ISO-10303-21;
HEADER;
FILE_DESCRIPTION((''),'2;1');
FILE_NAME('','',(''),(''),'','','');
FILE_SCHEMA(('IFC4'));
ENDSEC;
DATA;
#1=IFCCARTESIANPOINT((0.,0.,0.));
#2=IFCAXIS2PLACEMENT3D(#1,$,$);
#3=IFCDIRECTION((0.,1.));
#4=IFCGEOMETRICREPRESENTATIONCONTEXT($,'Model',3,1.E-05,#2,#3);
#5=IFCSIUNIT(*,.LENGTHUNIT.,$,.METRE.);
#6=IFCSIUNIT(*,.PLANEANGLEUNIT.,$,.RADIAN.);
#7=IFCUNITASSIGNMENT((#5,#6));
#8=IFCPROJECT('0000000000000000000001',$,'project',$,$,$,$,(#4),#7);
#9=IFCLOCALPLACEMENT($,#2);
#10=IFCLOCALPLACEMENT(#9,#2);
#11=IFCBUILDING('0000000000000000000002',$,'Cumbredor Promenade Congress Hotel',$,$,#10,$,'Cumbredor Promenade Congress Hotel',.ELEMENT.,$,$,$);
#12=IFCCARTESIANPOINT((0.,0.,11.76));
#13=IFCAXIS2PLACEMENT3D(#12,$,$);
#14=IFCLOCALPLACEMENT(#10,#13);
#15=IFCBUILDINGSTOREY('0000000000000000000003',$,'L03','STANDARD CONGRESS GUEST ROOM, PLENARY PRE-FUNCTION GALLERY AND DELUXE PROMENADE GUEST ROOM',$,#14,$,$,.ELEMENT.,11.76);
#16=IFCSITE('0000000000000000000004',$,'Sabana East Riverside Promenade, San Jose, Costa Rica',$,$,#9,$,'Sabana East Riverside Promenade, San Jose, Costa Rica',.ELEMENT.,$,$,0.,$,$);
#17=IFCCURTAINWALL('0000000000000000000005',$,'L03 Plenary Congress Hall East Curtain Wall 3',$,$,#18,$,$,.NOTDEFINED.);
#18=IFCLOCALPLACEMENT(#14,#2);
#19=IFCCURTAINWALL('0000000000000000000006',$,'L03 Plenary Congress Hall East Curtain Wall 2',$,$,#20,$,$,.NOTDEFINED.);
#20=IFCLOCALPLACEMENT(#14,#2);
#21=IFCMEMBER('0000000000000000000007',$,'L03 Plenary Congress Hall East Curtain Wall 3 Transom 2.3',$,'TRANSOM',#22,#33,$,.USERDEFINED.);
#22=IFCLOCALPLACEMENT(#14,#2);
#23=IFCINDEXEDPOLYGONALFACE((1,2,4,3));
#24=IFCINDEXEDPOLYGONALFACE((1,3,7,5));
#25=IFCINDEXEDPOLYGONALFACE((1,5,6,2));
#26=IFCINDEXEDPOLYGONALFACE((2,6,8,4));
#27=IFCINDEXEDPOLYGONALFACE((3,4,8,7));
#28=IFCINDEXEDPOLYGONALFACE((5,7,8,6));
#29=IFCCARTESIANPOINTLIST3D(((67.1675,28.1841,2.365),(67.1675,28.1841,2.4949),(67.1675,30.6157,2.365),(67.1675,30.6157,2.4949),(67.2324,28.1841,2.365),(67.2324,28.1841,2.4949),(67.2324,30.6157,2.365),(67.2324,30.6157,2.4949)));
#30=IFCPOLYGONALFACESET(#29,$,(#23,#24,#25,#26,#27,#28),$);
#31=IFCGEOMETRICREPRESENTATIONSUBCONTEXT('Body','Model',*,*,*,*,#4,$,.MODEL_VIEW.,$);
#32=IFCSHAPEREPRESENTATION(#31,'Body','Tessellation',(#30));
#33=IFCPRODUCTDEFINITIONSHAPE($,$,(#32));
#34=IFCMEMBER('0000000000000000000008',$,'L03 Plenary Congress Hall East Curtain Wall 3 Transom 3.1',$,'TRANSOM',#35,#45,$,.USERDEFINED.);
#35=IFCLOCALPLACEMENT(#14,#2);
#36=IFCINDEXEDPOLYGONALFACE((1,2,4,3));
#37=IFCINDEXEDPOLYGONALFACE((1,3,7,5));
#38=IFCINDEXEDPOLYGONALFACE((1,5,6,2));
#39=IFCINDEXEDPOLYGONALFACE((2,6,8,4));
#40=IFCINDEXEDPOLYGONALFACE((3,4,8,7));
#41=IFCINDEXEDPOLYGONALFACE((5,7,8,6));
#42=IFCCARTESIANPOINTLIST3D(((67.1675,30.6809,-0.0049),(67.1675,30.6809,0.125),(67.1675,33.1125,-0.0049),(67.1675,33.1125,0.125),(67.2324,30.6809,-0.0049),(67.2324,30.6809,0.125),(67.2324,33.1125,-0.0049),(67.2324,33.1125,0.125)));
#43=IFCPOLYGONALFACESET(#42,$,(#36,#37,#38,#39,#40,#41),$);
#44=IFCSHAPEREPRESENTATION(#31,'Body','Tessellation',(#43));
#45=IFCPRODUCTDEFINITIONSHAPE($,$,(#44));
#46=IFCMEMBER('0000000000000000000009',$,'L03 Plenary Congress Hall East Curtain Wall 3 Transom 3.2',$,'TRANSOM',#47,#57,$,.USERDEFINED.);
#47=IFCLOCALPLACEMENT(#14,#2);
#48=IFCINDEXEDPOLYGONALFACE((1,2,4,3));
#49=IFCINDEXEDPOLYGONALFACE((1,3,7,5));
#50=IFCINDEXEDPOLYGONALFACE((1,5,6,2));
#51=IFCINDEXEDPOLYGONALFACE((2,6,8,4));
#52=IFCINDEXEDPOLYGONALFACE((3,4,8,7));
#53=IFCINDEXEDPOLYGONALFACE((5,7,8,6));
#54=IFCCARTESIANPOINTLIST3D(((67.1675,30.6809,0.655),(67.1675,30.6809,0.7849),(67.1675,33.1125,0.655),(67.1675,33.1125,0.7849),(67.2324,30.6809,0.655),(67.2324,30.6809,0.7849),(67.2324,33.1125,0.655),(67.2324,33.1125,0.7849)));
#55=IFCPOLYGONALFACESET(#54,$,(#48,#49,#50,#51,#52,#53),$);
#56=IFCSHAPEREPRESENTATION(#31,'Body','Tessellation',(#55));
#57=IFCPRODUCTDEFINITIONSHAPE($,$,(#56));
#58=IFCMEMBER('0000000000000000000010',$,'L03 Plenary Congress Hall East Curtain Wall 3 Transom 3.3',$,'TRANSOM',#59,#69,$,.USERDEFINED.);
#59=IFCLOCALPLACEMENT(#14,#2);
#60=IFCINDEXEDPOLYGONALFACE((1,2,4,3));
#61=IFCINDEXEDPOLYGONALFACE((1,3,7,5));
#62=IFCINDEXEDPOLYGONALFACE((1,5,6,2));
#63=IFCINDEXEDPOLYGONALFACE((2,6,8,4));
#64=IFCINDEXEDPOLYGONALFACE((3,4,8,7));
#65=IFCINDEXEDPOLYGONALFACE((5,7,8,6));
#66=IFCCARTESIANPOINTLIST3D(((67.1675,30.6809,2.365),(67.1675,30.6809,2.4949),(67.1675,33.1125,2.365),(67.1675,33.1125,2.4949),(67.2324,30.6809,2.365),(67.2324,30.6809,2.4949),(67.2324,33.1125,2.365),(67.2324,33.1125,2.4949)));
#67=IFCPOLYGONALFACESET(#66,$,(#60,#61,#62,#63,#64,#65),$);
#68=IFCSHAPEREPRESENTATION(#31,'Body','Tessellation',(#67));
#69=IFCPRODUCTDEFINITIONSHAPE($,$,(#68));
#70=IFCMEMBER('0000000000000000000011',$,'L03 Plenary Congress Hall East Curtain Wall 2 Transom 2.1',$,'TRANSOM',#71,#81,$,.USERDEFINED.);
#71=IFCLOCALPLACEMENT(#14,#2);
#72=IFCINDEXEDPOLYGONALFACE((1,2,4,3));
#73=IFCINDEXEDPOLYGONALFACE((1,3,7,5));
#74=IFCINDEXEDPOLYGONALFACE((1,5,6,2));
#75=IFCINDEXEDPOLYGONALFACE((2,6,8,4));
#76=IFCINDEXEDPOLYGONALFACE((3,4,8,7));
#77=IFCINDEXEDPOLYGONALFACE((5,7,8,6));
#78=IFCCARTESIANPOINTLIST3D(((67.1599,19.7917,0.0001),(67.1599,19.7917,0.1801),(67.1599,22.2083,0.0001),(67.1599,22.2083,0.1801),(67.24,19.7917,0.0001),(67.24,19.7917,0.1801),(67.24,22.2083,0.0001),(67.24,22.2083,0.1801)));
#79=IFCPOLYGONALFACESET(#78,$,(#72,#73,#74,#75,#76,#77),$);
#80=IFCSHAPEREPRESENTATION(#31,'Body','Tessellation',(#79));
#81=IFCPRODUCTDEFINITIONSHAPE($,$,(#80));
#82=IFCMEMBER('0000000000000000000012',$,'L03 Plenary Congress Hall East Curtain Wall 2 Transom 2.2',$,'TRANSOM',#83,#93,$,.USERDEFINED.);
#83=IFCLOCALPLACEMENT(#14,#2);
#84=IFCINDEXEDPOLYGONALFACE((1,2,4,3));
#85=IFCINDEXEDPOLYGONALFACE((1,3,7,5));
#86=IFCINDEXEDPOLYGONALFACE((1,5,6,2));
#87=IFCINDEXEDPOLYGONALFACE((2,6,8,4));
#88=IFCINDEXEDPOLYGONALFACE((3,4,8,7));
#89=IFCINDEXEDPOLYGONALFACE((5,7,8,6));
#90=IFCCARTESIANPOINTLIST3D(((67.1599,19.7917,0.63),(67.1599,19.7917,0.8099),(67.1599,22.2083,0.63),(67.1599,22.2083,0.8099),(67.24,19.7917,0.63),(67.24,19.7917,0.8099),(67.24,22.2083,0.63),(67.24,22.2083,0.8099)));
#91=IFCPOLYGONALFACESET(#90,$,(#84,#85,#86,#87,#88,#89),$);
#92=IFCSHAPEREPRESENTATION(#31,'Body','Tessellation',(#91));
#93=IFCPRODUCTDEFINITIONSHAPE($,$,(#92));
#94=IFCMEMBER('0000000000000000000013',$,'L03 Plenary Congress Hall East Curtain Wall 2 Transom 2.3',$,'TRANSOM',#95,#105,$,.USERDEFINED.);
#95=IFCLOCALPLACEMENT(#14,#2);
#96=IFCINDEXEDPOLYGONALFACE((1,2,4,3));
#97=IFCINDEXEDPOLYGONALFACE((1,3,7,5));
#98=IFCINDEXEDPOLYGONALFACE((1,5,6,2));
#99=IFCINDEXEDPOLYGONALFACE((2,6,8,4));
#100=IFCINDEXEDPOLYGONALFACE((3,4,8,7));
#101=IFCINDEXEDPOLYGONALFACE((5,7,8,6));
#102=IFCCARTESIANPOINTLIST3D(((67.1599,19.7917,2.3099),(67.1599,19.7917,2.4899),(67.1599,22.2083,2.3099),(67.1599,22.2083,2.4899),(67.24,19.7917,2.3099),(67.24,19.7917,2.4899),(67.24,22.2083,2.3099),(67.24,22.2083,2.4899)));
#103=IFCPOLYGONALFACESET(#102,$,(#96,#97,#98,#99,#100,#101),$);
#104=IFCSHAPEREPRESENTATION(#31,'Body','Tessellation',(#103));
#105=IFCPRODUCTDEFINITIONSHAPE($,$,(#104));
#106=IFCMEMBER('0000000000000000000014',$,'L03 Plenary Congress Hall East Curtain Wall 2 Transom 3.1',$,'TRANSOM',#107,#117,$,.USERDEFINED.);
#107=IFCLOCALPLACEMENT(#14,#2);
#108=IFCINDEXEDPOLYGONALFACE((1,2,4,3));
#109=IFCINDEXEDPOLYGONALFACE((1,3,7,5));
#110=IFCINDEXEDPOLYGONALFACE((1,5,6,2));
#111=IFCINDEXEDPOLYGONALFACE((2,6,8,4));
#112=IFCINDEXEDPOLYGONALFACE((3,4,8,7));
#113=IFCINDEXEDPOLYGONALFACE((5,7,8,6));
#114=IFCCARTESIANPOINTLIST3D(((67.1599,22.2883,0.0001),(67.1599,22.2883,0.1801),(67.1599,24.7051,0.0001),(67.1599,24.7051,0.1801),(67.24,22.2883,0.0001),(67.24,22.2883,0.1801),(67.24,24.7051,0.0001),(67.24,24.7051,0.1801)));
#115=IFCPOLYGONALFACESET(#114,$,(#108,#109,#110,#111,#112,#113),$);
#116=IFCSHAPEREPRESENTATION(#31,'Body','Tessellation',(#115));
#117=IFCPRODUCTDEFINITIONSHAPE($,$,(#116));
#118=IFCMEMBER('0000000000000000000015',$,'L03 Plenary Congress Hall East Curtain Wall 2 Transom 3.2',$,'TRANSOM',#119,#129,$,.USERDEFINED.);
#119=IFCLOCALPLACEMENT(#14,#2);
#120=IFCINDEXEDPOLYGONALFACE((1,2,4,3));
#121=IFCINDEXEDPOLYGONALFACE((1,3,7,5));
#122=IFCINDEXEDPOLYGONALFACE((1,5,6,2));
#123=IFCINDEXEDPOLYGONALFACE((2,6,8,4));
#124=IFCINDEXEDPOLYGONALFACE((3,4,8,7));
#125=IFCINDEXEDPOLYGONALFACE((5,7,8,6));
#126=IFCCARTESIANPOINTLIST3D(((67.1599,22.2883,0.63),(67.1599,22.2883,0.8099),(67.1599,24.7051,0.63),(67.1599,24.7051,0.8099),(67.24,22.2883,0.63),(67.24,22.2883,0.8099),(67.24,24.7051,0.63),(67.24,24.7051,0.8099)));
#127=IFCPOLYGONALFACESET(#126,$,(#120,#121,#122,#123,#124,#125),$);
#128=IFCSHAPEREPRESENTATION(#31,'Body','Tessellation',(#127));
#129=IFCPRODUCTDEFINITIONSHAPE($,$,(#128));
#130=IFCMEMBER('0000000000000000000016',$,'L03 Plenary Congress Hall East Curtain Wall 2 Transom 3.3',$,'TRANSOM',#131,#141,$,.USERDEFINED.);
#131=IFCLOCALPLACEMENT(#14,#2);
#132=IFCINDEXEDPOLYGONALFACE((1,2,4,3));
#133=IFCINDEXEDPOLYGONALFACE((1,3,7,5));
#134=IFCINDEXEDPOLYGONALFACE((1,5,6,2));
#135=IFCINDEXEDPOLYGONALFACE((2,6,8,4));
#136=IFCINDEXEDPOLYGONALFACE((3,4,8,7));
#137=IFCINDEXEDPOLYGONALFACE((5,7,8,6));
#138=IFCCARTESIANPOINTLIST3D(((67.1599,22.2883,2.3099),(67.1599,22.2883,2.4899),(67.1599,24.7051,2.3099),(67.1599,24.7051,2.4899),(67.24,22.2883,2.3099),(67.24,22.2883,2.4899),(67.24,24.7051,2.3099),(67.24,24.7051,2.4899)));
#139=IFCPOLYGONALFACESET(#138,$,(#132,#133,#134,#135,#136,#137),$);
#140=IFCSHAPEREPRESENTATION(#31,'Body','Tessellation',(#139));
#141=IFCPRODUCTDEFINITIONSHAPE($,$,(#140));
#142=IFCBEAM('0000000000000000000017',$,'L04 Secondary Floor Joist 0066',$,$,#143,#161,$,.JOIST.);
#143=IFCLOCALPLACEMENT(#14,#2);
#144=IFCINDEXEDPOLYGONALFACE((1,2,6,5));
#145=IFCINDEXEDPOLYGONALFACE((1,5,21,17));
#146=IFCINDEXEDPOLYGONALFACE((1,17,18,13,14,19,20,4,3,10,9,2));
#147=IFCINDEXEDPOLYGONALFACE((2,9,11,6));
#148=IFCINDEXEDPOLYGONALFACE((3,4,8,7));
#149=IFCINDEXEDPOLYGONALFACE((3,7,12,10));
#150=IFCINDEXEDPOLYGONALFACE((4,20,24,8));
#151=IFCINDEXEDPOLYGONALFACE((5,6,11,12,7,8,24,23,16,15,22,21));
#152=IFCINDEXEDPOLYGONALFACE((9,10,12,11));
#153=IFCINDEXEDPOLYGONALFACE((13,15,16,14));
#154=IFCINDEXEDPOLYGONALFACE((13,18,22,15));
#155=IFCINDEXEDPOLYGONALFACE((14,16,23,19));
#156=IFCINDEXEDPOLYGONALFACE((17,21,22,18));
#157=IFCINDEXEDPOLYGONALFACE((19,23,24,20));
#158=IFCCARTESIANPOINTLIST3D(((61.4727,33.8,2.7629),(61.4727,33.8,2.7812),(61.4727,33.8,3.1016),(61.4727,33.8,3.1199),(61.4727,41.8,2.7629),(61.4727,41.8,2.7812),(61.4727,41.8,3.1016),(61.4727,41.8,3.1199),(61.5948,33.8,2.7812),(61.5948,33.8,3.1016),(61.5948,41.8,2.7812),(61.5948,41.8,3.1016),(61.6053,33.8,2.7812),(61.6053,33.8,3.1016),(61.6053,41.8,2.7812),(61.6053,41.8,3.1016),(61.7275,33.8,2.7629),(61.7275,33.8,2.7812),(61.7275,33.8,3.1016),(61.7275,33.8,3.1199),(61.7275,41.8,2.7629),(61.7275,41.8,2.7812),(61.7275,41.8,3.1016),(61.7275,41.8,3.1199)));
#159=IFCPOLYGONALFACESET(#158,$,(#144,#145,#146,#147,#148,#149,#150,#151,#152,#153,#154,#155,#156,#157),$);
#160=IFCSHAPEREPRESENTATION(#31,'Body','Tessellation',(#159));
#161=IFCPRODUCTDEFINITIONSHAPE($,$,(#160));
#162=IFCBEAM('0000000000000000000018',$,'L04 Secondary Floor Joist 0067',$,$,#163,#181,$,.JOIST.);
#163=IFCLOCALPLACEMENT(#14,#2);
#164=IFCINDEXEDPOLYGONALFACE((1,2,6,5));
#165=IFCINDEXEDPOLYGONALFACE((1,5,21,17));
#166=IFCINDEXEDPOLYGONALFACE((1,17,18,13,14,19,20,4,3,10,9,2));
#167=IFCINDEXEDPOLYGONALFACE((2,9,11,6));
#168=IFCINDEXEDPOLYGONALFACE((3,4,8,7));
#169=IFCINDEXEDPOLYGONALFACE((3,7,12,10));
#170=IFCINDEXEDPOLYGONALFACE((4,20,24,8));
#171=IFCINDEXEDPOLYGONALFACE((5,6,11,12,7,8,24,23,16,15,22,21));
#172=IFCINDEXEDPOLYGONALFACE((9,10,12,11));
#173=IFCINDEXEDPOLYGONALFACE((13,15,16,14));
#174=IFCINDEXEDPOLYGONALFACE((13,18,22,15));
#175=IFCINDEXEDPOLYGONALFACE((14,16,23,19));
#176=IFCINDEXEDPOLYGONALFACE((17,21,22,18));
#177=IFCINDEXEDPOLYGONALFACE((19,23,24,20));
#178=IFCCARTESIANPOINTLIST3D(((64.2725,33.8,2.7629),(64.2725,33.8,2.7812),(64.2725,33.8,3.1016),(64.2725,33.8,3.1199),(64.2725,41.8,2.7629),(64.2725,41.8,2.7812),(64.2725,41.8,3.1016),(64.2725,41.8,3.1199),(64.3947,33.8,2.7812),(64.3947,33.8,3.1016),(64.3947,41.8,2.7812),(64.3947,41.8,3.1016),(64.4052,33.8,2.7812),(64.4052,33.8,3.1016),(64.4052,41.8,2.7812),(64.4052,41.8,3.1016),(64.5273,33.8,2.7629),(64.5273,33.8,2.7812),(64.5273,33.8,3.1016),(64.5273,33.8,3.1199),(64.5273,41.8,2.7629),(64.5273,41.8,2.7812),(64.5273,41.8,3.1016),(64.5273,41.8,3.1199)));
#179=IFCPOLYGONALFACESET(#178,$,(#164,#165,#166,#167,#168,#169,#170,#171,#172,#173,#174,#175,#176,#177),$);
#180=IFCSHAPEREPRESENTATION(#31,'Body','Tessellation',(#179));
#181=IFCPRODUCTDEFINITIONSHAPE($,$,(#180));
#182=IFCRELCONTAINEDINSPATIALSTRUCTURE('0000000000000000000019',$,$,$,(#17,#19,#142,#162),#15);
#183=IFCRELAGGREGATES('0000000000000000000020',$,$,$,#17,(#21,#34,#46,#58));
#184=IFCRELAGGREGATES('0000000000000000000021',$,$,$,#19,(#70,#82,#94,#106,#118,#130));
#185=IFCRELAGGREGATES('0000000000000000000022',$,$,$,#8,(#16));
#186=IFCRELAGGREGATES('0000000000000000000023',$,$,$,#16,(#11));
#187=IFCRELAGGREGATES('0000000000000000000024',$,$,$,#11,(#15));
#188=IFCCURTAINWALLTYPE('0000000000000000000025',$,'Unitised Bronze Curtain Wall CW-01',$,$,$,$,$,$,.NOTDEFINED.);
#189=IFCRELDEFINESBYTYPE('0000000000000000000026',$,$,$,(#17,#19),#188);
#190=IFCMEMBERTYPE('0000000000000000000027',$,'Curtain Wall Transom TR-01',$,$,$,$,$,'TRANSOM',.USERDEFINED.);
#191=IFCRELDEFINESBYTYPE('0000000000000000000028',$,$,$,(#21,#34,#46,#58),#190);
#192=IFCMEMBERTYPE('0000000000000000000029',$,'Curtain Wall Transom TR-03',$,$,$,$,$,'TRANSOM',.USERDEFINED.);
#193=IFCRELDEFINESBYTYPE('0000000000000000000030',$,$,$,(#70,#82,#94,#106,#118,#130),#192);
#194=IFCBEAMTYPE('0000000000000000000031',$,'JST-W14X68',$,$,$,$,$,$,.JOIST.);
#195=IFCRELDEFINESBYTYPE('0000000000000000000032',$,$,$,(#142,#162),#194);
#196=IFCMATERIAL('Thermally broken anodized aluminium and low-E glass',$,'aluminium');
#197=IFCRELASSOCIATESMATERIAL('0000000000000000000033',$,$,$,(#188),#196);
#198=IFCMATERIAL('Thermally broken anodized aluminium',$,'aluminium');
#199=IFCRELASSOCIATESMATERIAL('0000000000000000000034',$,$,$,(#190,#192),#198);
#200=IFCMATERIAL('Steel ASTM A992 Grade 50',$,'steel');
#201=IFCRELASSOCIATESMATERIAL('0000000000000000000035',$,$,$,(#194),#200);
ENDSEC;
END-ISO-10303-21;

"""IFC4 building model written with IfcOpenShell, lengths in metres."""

from ifc_helpers import new_model, si_unit, direction, frame, origin, origin_2d, place, context, subcontext, project, spatial, rectangle, i_section, extrude, material, material_profile, profile_set, type_object, element, aggregate, save


model = new_model("IFC4")

# Units and contexts
model_context = context("Model", 3, precision=1e-05, world=origin(), true_north=direction((0.0, 1.0)))
body_context = subcontext(model_context, "Body", "Model", "MODEL_VIEW")
ifc_project = project(units=[si_unit("LENGTHUNIT", "METRE"), si_unit("PLANEANGLEUNIT", "RADIAN")], contexts=[model_context])

# Site, building, storey
site_placement = place(None, origin())
site = spatial("IfcSite", under=ifc_project, at=site_placement, Name="Sabana East Riverside Promenade, San Jose, Costa Rica", LongName="Sabana East Riverside Promenade, San Jose, Costa Rica", CompositionType="ELEMENT", RefElevation=0.0)
building_placement = place(site_placement, origin())
building = spatial("IfcBuilding", under=site, at=building_placement, Name="Cumbredor Promenade Congress Hotel", LongName="Cumbredor Promenade Congress Hotel", CompositionType="ELEMENT")
storey_placement = place(building_placement, frame((0.0, 0.0, 11.76)))
storey = spatial("IfcBuildingStorey", under=building, at=storey_placement, Name="L03", Description="STANDARD CONGRESS GUEST ROOM, PLENARY PRE-FUNCTION GALLERY AND DELUXE PROMENADE GUEST ROOM", CompositionType="ELEMENT", Elevation=11.76)

# Curtain walls
ifc_material_1 = material(Name="Thermally broken anodized aluminium and low-E glass", Category="aluminium")
curtain_wall_type = type_object("IfcCurtainWallType", Name="Unitised Bronze Curtain Wall CW-01", PredefinedType="NOTDEFINED", material=ifc_material_1)
curtain_wall_1_placement = place(storey_placement, origin())
curtain_wall_1 = element("IfcCurtainWall", 1, at=curtain_wall_1_placement, inside=storey, type_object=curtain_wall_type, Name="L03 Plenary Congress Hall East Curtain Wall 3", PredefinedType="NOTDEFINED")
ifc_material_2 = material(Name="Thermally broken anodized aluminium", Category="aluminium")
curtain_wall_2_placement = place(storey_placement, origin())
curtain_wall_2 = element("IfcCurtainWall", 2, at=curtain_wall_2_placement, inside=storey, type_object=curtain_wall_type, Name="L03 Plenary Congress Hall East Curtain Wall 2", PredefinedType="NOTDEFINED")

# Members
ifc_material_profile_1 = material_profile(ifc_material_2, rectangle(XDim=0.0649, YDim=0.1299, at=origin_2d()), Name="ALU TRANSOM 65x130")
ifc_profile_set_1 = profile_set([ifc_material_profile_1], Name="Thermally broken anodized aluminium")
member_type_1 = type_object("IfcMemberType", Name="Curtain Wall Transom TR-01", ElementType="TRANSOM", PredefinedType="USERDEFINED", material=ifc_profile_set_1)
member_1_placement = place(storey_placement, frame((67.2, 28.1841, 2.4299), z_axis=(0.0, 1.0, 0.0), x_axis=(-1.0, 0.0, 0.0)))
member_1 = element("IfcMember", 3, at=member_1_placement, type_object=member_type_1, Name="L03 Plenary Congress Hall East Curtain Wall 3 Transom 2.3", ObjectType="TRANSOM", PredefinedType="USERDEFINED", context=body_context, shape_type="SweptSolid", body=[
    extrude(rectangle(XDim=0.0649, YDim=0.1299, at=origin_2d()), origin(), (0.0, 0.0, 1.0), 2.4316),
])
member_2_placement = place(storey_placement, frame((67.2, 30.6809, 0.0601), z_axis=(0.0, 1.0, 0.0), x_axis=(-1.0, 0.0, 0.0)))
member_2 = element("IfcMember", 4, at=member_2_placement, type_object=member_type_1, Name="L03 Plenary Congress Hall East Curtain Wall 3 Transom 3.1", ObjectType="TRANSOM", PredefinedType="USERDEFINED", context=body_context, shape_type="SweptSolid", body=[
    extrude(rectangle(XDim=0.0649, YDim=0.1299, at=origin_2d()), origin(), (0.0, 0.0, 1.0), 2.4316),
])
member_3_placement = place(storey_placement, frame((67.2, 30.6809, 0.72), z_axis=(0.0, 1.0, 0.0), x_axis=(-1.0, 0.0, 0.0)))
member_3 = element("IfcMember", 5, at=member_3_placement, type_object=member_type_1, Name="L03 Plenary Congress Hall East Curtain Wall 3 Transom 3.2", ObjectType="TRANSOM", PredefinedType="USERDEFINED", context=body_context, shape_type="SweptSolid", body=[
    extrude(rectangle(XDim=0.0649, YDim=0.1299, at=origin_2d()), origin(), (0.0, 0.0, 1.0), 2.4316),
])
member_4_placement = place(storey_placement, frame((67.2, 30.6809, 2.4299), z_axis=(0.0, 1.0, 0.0), x_axis=(-1.0, 0.0, 0.0)))
member_4 = element("IfcMember", 6, at=member_4_placement, type_object=member_type_1, Name="L03 Plenary Congress Hall East Curtain Wall 3 Transom 3.3", ObjectType="TRANSOM", PredefinedType="USERDEFINED", context=body_context, shape_type="SweptSolid", body=[
    extrude(rectangle(XDim=0.0649, YDim=0.1299, at=origin_2d()), origin(), (0.0, 0.0, 1.0), 2.4316),
])
ifc_material_profile_2 = material_profile(ifc_material_2, rectangle(XDim=0.0801, YDim=0.1799, at=origin_2d()), Name="ALU TRANSOM 80x180")
ifc_profile_set_2 = profile_set([ifc_material_profile_2], Name="Thermally broken anodized aluminium")
member_type_2 = type_object("IfcMemberType", Name="Curtain Wall Transom TR-03", ElementType="TRANSOM", PredefinedType="USERDEFINED", material=ifc_profile_set_2)
member_5_placement = place(storey_placement, frame((67.2, 19.7917, 0.0901), z_axis=(0.0, 1.0, 0.0), x_axis=(-1.0, 0.0, 0.0)))
member_5 = element("IfcMember", 7, at=member_5_placement, type_object=member_type_2, Name="L03 Plenary Congress Hall East Curtain Wall 2 Transom 2.1", ObjectType="TRANSOM", PredefinedType="USERDEFINED", context=body_context, shape_type="SweptSolid", body=[
    extrude(rectangle(XDim=0.0801, YDim=0.1799, at=origin_2d()), origin(), (0.0, 0.0, 1.0), 2.4165),
])
member_6_placement = place(storey_placement, frame((67.2, 19.7917, 0.72), z_axis=(0.0, 1.0, 0.0), x_axis=(-1.0, 0.0, 0.0)))
member_6 = element("IfcMember", 8, at=member_6_placement, type_object=member_type_2, Name="L03 Plenary Congress Hall East Curtain Wall 2 Transom 2.2", ObjectType="TRANSOM", PredefinedType="USERDEFINED", context=body_context, shape_type="SweptSolid", body=[
    extrude(rectangle(XDim=0.0801, YDim=0.1799, at=origin_2d()), origin(), (0.0, 0.0, 1.0), 2.4165),
])
member_7_placement = place(storey_placement, frame((67.2, 19.7917, 2.3999), z_axis=(0.0, 1.0, 0.0), x_axis=(-1.0, 0.0, 0.0)))
member_7 = element("IfcMember", 9, at=member_7_placement, type_object=member_type_2, Name="L03 Plenary Congress Hall East Curtain Wall 2 Transom 2.3", ObjectType="TRANSOM", PredefinedType="USERDEFINED", context=body_context, shape_type="SweptSolid", body=[
    extrude(rectangle(XDim=0.0801, YDim=0.1799, at=origin_2d()), origin(), (0.0, 0.0, 1.0), 2.4165),
])
member_8_placement = place(storey_placement, frame((67.2, 22.2883, 0.0901), z_axis=(0.0, 1.0, 0.0), x_axis=(-1.0, 0.0, 0.0)))
member_8 = element("IfcMember", 10, at=member_8_placement, type_object=member_type_2, Name="L03 Plenary Congress Hall East Curtain Wall 2 Transom 3.1", ObjectType="TRANSOM", PredefinedType="USERDEFINED", context=body_context, shape_type="SweptSolid", body=[
    extrude(rectangle(XDim=0.0801, YDim=0.1799, at=origin_2d()), origin(), (0.0, 0.0, 1.0), 2.4167),
])
member_9_placement = place(storey_placement, frame((67.2, 22.2883, 0.72), z_axis=(0.0, 1.0, 0.0), x_axis=(-1.0, 0.0, 0.0)))
member_9 = element("IfcMember", 11, at=member_9_placement, type_object=member_type_2, Name="L03 Plenary Congress Hall East Curtain Wall 2 Transom 3.2", ObjectType="TRANSOM", PredefinedType="USERDEFINED", context=body_context, shape_type="SweptSolid", body=[
    extrude(rectangle(XDim=0.0801, YDim=0.1799, at=origin_2d()), origin(), (0.0, 0.0, 1.0), 2.4167),
])
member_10_placement = place(storey_placement, frame((67.2, 22.2883, 2.3999), z_axis=(0.0, 1.0, 0.0), x_axis=(-1.0, 0.0, 0.0)))
member_10 = element("IfcMember", 12, at=member_10_placement, type_object=member_type_2, Name="L03 Plenary Congress Hall East Curtain Wall 2 Transom 3.3", ObjectType="TRANSOM", PredefinedType="USERDEFINED", context=body_context, shape_type="SweptSolid", body=[
    extrude(rectangle(XDim=0.0801, YDim=0.1799, at=origin_2d()), origin(), (0.0, 0.0, 1.0), 2.4167),
])

# Beams
ifc_material_3 = material(Name="Steel ASTM A992 Grade 50", Category="steel")
ifc_material_profile_3 = material_profile(ifc_material_3, i_section(OverallWidth=0.2549, OverallDepth=0.3569, WebThickness=0.0105, FlangeThickness=0.0183, at=origin_2d()), Name="W14X68")
ifc_profile_set_3 = profile_set([ifc_material_profile_3], Name="Steel ASTM A992 Grade 50")
beam_type_1 = type_object("IfcBeamType", Name="JST-W14X68", PredefinedType="JOIST", material=ifc_profile_set_3)
for number, where, z_axis, x_axis, name in (
    (13, (61.6001, 33.8, 2.9414), (0.0, 1.0, 0.0), (-1.0, 0.0, 0.0), "L04 Secondary Floor Joist 0066"),
    (14, (64.3999, 33.8, 2.9414), (0.0, 1.0, 0.0), (-1.0, 0.0, 0.0), "L04 Secondary Floor Joist 0067"),
):
    element("IfcBeam", number, at=place(storey_placement, frame(where, z_axis=z_axis, x_axis=x_axis)), inside=storey, type_object=beam_type_1, Name=name, PredefinedType="JOIST", context=body_context, shape_type="SweptSolid", body=[
        extrude(i_section(OverallWidth=0.2549, OverallDepth=0.3569, WebThickness=0.0105, FlangeThickness=0.0183, at=origin_2d()), origin(), (0.0, 0.0, 1.0), 8.0),
    ])

aggregate(curtain_wall_1, [member_1, member_2, member_3, member_4])
aggregate(curtain_wall_2, [member_5, member_6, member_7, member_8, member_9, member_10])

save(model, "model.ifc")
